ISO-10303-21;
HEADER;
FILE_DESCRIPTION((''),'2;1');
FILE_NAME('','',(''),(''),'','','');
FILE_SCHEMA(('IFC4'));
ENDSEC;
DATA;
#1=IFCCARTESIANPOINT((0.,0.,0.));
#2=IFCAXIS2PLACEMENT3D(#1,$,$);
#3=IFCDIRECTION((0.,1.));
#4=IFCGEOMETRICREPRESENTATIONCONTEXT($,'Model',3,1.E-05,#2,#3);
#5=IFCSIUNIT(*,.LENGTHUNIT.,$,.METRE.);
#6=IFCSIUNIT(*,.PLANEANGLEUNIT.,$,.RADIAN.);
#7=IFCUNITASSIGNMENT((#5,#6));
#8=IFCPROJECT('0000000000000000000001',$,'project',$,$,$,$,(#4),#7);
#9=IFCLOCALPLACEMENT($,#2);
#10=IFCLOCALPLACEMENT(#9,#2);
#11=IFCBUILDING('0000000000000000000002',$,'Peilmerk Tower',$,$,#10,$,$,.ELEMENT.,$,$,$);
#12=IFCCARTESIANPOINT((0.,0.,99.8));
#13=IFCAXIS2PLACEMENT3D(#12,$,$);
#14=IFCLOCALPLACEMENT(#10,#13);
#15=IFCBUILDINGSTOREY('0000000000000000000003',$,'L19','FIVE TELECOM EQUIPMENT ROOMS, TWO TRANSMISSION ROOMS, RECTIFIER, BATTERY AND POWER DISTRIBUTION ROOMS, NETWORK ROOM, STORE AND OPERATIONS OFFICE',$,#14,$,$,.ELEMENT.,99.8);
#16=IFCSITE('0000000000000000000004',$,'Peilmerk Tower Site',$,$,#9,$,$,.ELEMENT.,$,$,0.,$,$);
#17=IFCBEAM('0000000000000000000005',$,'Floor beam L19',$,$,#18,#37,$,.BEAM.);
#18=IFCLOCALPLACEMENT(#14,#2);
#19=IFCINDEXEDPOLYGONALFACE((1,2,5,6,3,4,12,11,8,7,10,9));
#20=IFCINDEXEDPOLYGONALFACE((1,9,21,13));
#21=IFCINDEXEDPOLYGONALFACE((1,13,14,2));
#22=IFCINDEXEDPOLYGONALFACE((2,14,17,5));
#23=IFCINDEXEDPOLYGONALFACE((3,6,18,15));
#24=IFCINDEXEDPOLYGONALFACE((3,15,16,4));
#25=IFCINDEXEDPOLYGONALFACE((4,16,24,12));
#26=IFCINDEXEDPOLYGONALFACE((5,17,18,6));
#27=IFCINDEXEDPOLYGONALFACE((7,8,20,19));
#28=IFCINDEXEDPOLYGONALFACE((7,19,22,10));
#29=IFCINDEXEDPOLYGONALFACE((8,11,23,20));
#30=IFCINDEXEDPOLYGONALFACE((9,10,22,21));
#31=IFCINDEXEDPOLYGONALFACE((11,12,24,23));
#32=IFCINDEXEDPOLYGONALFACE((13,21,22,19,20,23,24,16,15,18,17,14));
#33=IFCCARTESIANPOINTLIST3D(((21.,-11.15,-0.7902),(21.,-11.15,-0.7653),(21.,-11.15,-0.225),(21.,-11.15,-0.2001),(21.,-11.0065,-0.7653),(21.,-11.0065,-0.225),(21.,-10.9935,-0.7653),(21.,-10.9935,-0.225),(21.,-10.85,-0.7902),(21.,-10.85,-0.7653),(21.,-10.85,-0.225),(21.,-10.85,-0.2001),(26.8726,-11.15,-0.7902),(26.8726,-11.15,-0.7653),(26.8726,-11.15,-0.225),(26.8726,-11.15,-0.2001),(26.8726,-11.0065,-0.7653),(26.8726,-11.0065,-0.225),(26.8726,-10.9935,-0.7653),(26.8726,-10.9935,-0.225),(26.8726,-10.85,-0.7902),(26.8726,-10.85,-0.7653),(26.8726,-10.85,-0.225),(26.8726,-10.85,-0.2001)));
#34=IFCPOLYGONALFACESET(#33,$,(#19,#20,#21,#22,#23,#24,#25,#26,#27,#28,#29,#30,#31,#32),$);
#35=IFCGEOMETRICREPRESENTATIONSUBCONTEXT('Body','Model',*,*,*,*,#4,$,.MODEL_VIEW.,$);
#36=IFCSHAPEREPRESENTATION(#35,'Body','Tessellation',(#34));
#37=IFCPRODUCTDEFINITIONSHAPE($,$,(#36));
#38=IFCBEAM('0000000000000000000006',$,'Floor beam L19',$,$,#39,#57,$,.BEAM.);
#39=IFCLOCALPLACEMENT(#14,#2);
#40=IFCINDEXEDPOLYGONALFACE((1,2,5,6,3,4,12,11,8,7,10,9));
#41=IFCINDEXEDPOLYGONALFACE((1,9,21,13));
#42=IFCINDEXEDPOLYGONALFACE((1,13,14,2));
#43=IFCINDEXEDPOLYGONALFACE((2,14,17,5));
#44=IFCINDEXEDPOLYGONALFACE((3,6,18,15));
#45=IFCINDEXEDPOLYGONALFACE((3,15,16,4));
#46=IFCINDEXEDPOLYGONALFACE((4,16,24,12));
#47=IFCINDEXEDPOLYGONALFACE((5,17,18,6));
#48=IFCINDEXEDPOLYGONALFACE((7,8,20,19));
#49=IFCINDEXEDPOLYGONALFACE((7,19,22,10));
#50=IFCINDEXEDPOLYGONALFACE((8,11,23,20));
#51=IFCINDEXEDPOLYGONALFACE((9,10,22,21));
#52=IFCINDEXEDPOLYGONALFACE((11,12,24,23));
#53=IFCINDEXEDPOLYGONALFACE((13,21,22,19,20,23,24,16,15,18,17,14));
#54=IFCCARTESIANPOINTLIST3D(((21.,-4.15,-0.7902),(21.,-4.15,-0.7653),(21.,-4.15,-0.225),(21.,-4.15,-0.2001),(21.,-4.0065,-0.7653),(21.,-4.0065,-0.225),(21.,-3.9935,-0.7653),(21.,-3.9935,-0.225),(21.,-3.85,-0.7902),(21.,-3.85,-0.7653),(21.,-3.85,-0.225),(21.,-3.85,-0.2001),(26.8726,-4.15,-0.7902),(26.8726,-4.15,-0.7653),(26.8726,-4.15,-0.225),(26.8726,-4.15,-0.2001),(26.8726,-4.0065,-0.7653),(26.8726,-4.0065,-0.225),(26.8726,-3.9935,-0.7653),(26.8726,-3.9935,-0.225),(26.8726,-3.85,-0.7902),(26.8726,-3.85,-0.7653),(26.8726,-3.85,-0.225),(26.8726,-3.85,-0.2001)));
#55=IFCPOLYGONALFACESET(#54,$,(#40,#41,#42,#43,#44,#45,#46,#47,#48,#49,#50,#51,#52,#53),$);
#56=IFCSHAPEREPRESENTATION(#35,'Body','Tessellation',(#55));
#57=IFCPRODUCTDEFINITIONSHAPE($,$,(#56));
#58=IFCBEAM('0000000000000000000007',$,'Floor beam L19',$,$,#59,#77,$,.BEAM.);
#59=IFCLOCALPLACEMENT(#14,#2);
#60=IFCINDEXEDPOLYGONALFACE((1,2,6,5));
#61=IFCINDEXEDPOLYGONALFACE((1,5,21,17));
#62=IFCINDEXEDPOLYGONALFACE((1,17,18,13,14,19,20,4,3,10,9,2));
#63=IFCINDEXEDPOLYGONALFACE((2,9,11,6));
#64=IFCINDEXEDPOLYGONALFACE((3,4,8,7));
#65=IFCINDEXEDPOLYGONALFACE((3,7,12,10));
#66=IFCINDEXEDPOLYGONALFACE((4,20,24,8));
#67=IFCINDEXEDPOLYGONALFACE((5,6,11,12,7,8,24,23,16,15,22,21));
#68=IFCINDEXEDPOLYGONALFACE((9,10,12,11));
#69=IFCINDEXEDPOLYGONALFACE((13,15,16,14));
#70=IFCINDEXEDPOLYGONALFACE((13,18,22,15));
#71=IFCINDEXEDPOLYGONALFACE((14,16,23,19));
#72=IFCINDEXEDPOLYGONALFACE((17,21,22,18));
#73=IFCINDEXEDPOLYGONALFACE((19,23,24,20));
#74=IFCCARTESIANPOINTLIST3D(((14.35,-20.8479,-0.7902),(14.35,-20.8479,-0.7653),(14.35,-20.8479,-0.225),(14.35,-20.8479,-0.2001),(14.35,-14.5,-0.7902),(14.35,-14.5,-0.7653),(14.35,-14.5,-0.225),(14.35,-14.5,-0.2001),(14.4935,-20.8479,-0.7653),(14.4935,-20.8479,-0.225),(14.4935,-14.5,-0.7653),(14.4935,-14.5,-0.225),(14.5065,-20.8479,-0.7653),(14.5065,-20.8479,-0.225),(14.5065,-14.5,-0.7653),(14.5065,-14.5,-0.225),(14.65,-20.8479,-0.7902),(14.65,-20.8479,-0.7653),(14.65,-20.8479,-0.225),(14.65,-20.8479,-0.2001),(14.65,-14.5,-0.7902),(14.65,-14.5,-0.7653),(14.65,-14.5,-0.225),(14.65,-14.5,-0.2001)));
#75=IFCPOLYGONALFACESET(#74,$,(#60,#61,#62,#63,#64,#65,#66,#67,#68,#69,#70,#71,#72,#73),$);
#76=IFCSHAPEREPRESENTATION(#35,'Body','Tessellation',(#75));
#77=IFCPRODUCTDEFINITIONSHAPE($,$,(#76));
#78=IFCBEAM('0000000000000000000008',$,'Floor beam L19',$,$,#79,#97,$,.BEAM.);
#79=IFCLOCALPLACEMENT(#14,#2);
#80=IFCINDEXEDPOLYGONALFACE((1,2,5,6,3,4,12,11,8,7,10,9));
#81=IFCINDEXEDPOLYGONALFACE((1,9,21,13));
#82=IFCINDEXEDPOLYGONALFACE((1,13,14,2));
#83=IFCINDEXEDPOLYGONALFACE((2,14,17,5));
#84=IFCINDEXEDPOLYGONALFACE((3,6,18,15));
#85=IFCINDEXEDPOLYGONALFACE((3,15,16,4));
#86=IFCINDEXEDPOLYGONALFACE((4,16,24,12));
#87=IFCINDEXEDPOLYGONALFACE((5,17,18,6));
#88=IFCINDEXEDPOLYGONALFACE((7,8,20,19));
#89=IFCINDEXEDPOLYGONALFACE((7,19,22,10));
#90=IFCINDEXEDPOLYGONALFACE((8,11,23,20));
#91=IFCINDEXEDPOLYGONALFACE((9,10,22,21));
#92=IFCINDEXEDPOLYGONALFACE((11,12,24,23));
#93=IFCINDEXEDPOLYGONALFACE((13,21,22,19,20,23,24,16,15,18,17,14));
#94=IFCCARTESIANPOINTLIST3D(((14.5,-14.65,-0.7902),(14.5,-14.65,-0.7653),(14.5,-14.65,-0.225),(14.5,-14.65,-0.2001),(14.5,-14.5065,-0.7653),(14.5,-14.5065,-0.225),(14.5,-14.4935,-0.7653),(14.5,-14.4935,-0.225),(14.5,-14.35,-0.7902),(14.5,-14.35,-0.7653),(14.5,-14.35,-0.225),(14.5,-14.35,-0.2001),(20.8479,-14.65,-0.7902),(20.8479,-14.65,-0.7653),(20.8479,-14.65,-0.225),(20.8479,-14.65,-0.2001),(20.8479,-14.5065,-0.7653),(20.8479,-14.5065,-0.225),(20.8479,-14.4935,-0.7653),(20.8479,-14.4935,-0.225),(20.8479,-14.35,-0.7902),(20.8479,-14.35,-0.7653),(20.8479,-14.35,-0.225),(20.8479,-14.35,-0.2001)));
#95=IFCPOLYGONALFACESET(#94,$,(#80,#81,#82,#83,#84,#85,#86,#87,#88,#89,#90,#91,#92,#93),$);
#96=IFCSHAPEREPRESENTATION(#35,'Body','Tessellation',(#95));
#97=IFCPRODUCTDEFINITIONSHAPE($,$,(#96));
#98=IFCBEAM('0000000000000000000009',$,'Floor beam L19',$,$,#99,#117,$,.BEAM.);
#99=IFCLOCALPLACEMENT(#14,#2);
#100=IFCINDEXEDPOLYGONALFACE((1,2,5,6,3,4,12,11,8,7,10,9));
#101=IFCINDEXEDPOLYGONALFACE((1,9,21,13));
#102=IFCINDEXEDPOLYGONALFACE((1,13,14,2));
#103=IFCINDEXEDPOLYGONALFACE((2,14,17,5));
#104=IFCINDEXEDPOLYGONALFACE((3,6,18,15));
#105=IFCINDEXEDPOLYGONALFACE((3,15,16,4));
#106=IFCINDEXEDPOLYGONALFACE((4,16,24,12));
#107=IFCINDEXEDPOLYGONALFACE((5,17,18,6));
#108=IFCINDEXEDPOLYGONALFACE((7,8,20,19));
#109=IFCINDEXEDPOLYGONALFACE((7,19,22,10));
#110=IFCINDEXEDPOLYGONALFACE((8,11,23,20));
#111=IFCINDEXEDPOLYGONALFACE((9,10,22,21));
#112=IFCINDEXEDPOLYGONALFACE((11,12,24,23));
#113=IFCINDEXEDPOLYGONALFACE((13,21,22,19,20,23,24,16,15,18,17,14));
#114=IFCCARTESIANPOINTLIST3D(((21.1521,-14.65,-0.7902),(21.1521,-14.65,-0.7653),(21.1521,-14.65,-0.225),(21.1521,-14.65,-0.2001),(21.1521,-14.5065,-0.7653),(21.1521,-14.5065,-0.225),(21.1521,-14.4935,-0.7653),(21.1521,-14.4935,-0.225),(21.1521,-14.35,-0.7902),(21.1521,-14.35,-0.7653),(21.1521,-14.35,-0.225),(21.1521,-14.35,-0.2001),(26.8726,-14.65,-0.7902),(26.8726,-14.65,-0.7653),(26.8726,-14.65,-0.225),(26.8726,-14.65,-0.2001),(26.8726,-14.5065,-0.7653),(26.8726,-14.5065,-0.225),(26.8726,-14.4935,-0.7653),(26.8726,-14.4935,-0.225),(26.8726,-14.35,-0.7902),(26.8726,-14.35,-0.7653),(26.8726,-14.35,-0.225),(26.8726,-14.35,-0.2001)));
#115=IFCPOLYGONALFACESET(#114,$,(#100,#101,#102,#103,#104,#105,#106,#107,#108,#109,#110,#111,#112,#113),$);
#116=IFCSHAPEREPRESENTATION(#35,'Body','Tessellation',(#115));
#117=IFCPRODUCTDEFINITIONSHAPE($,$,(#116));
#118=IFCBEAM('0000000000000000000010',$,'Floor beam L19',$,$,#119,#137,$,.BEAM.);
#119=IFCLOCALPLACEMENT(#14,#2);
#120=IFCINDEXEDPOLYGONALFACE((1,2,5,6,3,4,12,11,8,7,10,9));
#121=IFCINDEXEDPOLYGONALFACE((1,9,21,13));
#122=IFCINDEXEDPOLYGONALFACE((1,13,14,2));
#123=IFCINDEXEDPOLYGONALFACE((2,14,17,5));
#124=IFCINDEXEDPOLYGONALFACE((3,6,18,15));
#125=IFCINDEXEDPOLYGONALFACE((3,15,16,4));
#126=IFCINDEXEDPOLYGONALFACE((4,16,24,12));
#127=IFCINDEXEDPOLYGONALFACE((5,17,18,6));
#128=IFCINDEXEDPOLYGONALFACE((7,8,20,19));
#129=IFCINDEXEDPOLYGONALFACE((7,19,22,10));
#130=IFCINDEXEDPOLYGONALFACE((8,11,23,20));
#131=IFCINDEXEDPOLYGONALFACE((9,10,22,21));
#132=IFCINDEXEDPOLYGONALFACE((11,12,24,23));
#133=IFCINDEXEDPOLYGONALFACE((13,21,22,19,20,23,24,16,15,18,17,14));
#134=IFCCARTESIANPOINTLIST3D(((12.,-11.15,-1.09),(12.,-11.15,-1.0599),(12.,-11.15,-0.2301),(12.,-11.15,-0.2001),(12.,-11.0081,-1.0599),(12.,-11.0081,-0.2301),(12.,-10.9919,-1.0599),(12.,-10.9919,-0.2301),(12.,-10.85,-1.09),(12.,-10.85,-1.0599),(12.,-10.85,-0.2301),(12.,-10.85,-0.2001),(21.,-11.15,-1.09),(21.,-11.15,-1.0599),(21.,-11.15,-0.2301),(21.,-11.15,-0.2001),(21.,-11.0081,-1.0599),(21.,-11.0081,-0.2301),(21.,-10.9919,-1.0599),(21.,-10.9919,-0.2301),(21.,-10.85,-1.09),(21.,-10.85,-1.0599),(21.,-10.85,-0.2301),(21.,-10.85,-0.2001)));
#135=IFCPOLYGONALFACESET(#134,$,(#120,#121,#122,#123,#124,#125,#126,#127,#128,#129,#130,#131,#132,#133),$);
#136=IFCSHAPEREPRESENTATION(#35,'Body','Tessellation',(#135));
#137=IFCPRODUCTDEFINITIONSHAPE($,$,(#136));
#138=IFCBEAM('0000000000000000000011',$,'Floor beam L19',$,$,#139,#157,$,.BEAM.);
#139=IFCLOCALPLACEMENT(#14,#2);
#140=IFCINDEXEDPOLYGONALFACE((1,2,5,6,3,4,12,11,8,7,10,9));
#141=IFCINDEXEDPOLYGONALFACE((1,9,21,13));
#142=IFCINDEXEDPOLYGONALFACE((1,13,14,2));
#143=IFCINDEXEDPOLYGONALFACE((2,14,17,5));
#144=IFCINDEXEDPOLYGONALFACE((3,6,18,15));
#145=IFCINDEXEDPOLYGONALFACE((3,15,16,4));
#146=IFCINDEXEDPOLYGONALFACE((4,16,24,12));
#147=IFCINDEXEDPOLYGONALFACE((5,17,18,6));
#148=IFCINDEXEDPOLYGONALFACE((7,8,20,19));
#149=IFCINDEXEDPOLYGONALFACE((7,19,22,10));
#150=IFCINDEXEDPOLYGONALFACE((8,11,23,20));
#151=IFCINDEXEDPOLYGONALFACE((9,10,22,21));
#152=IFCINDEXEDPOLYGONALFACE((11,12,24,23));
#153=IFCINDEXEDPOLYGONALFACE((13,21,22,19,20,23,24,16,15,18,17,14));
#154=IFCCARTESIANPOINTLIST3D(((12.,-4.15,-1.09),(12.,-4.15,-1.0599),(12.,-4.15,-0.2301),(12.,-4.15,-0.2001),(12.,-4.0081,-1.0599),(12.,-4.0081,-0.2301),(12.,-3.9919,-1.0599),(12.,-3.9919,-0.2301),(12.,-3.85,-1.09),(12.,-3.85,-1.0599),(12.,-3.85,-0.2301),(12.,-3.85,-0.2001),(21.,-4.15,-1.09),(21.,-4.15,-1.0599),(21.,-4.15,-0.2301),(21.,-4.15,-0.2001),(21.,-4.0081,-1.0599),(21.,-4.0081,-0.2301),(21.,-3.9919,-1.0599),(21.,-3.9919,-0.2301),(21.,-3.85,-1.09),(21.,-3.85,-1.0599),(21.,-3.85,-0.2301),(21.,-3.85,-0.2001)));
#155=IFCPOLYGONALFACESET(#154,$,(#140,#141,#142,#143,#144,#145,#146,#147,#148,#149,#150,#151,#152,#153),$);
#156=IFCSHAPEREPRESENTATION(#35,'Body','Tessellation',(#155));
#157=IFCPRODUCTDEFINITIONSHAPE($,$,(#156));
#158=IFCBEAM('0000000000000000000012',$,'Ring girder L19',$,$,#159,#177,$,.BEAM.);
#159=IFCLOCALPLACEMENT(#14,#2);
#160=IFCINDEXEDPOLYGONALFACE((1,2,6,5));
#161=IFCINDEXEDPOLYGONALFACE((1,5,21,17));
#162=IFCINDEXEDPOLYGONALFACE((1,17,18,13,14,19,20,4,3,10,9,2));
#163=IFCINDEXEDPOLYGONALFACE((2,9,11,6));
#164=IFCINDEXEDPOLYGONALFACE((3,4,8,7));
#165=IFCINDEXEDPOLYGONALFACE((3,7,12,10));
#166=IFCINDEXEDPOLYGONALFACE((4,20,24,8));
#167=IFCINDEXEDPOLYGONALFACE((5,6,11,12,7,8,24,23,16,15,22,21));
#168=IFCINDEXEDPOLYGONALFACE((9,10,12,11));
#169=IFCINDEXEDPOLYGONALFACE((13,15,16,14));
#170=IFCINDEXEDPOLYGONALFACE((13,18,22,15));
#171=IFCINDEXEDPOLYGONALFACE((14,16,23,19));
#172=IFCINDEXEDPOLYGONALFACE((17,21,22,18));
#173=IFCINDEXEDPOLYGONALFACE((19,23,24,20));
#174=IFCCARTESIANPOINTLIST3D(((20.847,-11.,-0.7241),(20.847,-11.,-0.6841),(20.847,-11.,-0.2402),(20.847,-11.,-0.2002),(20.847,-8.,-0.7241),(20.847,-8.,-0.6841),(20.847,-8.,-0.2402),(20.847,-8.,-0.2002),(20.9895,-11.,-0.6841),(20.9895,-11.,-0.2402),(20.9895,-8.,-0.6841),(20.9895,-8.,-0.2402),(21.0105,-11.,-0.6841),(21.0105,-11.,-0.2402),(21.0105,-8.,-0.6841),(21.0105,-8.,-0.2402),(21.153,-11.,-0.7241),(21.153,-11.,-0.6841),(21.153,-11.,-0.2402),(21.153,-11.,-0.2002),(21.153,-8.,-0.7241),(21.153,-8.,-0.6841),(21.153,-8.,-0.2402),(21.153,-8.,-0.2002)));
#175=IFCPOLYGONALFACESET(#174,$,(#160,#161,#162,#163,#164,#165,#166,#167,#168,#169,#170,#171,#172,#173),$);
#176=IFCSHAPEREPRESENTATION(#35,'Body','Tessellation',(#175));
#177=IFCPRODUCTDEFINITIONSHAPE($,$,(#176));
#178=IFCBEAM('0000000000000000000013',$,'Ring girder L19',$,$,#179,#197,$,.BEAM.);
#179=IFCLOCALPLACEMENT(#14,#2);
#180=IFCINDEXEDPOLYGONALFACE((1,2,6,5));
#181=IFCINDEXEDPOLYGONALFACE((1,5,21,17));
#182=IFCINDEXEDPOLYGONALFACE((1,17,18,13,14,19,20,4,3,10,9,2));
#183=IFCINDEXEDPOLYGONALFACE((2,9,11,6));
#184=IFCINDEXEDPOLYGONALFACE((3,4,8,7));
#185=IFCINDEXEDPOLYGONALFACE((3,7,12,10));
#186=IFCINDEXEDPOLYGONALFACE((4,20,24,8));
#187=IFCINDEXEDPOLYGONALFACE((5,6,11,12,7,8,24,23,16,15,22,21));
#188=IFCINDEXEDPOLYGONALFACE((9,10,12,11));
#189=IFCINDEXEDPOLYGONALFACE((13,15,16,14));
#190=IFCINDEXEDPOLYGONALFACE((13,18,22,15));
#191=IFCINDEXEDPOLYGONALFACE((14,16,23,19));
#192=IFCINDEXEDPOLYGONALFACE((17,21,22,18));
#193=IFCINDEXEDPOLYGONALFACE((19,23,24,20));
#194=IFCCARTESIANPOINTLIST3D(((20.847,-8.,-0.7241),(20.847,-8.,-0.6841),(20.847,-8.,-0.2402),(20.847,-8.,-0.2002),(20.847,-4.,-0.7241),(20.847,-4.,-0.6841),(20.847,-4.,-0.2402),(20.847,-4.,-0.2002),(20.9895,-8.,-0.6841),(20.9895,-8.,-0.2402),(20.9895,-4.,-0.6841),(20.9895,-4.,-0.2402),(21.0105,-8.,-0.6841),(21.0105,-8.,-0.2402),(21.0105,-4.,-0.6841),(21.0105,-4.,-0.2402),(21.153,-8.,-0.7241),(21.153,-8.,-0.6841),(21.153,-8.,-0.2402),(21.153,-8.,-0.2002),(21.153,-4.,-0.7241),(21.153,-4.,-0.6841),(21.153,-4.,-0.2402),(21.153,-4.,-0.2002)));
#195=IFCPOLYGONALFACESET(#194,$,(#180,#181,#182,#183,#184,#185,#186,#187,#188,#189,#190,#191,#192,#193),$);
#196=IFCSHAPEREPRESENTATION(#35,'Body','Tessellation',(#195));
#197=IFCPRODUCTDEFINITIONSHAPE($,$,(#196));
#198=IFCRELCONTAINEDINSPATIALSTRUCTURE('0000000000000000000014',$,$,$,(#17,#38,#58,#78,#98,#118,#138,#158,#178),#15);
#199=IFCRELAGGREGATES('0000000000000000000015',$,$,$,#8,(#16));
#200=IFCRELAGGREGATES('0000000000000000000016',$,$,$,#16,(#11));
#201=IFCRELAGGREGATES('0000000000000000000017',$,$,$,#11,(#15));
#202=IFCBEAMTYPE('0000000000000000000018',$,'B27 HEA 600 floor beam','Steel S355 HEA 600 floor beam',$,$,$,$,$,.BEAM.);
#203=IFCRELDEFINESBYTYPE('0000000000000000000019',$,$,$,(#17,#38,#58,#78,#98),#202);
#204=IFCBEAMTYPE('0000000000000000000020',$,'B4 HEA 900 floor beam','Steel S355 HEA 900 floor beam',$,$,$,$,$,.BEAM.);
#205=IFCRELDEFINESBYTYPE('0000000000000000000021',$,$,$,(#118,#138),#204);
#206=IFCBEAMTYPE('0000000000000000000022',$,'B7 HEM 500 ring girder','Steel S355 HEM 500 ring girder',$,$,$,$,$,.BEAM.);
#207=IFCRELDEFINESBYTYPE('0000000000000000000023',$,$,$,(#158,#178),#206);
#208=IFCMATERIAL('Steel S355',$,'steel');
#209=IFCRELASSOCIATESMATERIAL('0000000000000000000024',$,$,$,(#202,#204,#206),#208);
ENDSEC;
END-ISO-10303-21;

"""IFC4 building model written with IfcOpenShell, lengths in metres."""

from ifc_helpers import new_model, si_unit, direction, frame, origin, origin_2d, place, context, subcontext, project, spatial, i_section, extrude, material, material_profile, profile_set, type_object, element, save


model = new_model("IFC4")

# Units and contexts
model_context = context("Model", 3, precision=1e-05, world=origin(), true_north=direction((0.0, 1.0)))
body_context = subcontext(model_context, "Body", "Model", "MODEL_VIEW")
ifc_project = project(units=[si_unit("LENGTHUNIT", "METRE"), si_unit("PLANEANGLEUNIT", "RADIAN")], contexts=[model_context])

# Site, building, storey
site_placement = place(None, origin())
site = spatial("IfcSite", under=ifc_project, at=site_placement, Name="Peilmerk Tower Site", CompositionType="ELEMENT", RefElevation=0.0)
building_placement = place(site_placement, origin())
building = spatial("IfcBuilding", under=site, at=building_placement, Name="Peilmerk Tower", CompositionType="ELEMENT")
storey_placement = place(building_placement, frame((0.0, 0.0, 99.8)))
storey = spatial("IfcBuildingStorey", under=building, at=storey_placement, Name="L19", Description="FIVE TELECOM EQUIPMENT ROOMS, TWO TRANSMISSION ROOMS, RECTIFIER, BATTERY AND POWER DISTRIBUTION ROOMS, NETWORK ROOM, STORE AND OPERATIONS OFFICE", CompositionType="ELEMENT", Elevation=99.8)

# Beams
ifc_material_1 = material(Name="Steel S355", Category="steel")
ifc_material_profile_1 = material_profile(ifc_material_1, i_section(OverallWidth=0.3, OverallDepth=0.5901, WebThickness=0.0129, FlangeThickness=0.0249, at=origin_2d()), Name="HEA 600")
ifc_profile_set_1 = profile_set([ifc_material_profile_1], Name="Steel S355")
beam_type_1 = type_object("IfcBeamType", Name="B27 HEA 600 floor beam", Description="Steel S355 HEA 600 floor beam", PredefinedType="BEAM", material=ifc_profile_set_1)
for number, where, z_axis, x_axis, name in (
    (1, (21.0, -11.0, -0.4951), (1.0, 0.0, 0.0), (0.0, 1.0, 0.0), "Floor beam L19"),
    (2, (21.0, -4.0, -0.4951), (1.0, 0.0, 0.0), (0.0, 1.0, 0.0), "Floor beam L19"),
):
    element("IfcBeam", number, at=place(storey_placement, frame(where, z_axis=z_axis, x_axis=x_axis)), inside=storey, type_object=beam_type_1, Name=name, PredefinedType="BEAM", context=body_context, shape_type="SweptSolid", body=[
        extrude(i_section(OverallWidth=0.3, OverallDepth=0.5901, WebThickness=0.0129, FlangeThickness=0.0249, at=origin_2d()), origin(), (0.0, 0.0, 1.0), 5.8726),
    ])
for number, where, z_axis, x_axis, name in (
    (3, (14.5, -14.5, -0.4951), (0.0, -1.0, 0.0), (1.0, 0.0, 0.0), "Floor beam L19"),
    (4, (14.5, -14.5, -0.4951), (1.0, 0.0, 0.0), (0.0, 1.0, 0.0), "Floor beam L19"),
):
    element("IfcBeam", number, at=place(storey_placement, frame(where, z_axis=z_axis, x_axis=x_axis)), inside=storey, type_object=beam_type_1, Name=name, PredefinedType="BEAM", context=body_context, shape_type="SweptSolid", body=[
        extrude(i_section(OverallWidth=0.3, OverallDepth=0.5901, WebThickness=0.0129, FlangeThickness=0.0249, at=origin_2d()), origin(), (0.0, 0.0, 1.0), 6.3479),
    ])
beam_1_placement = place(storey_placement, frame((21.1521, -14.5, -0.4951), z_axis=(1.0, 0.0, 0.0), x_axis=(0.0, 1.0, 0.0)))
element("IfcBeam", 5, at=beam_1_placement, inside=storey, type_object=beam_type_1, Name="Floor beam L19", PredefinedType="BEAM", context=body_context, shape_type="SweptSolid", body=[
    extrude(i_section(OverallWidth=0.3, OverallDepth=0.5901, WebThickness=0.0129, FlangeThickness=0.0249, at=origin_2d()), origin(), (0.0, 0.0, 1.0), 5.7205),
])
ifc_material_profile_2 = material_profile(ifc_material_1, i_section(OverallWidth=0.3, OverallDepth=0.8899, WebThickness=0.0161, FlangeThickness=0.03, at=origin_2d()), Name="HEA 900")
ifc_profile_set_2 = profile_set([ifc_material_profile_2], Name="Steel S355")
beam_type_2 = type_object("IfcBeamType", Name="B4 HEA 900 floor beam", Description="Steel S355 HEA 900 floor beam", PredefinedType="BEAM", material=ifc_profile_set_2)
for number, where, z_axis, x_axis, name in (
    (6, (12.0, -11.0, -0.645), (1.0, 0.0, 0.0), (0.0, 1.0, 0.0), "Floor beam L19"),
    (7, (12.0, -4.0, -0.645), (1.0, 0.0, 0.0), (0.0, 1.0, 0.0), "Floor beam L19"),
):
    element("IfcBeam", number, at=place(storey_placement, frame(where, z_axis=z_axis, x_axis=x_axis)), inside=storey, type_object=beam_type_2, Name=name, PredefinedType="BEAM", context=body_context, shape_type="SweptSolid", body=[
        extrude(i_section(OverallWidth=0.3, OverallDepth=0.8899, WebThickness=0.0161, FlangeThickness=0.03, at=origin_2d()), origin(), (0.0, 0.0, 1.0), 9.0),
    ])
ifc_material_profile_3 = material_profile(ifc_material_1, i_section(OverallWidth=0.3059, OverallDepth=0.5239, WebThickness=0.021, FlangeThickness=0.04, at=origin_2d()), Name="HEM 500")
ifc_profile_set_3 = profile_set([ifc_material_profile_3], Name="Steel S355")
beam_type_3 = type_object("IfcBeamType", Name="B7 HEM 500 ring girder", Description="Steel S355 HEM 500 ring girder", PredefinedType="BEAM", material=ifc_profile_set_3)
beam_2_placement = place(storey_placement, frame((21.0, -11.0, -0.4622), z_axis=(0.0, 1.0, 0.0), x_axis=(-1.0, 0.0, 0.0)))
element("IfcBeam", 8, at=beam_2_placement, inside=storey, type_object=beam_type_3, Name="Ring girder L19", PredefinedType="BEAM", context=body_context, shape_type="SweptSolid", body=[
    extrude(i_section(OverallWidth=0.3059, OverallDepth=0.5239, WebThickness=0.021, FlangeThickness=0.04, at=origin_2d()), origin(), (0.0, 0.0, 1.0), 3.0),
])
for number, where, z_axis, x_axis, name in (
    (9, (21.0, -8.0, -0.4622), (0.0, 1.0, 0.0), (-1.0, 0.0, 0.0), "Ring girder L19"),
):
    element("IfcBeam", number, at=place(storey_placement, frame(where, z_axis=z_axis, x_axis=x_axis)), inside=storey, type_object=beam_type_3, Name=name, PredefinedType="BEAM", context=body_context, shape_type="SweptSolid", body=[
        extrude(i_section(OverallWidth=0.3059, OverallDepth=0.5239, WebThickness=0.021, FlangeThickness=0.04, at=origin_2d()), origin(), (0.0, 0.0, 1.0), 4.0),
    ])

save(model, "model.ifc")
